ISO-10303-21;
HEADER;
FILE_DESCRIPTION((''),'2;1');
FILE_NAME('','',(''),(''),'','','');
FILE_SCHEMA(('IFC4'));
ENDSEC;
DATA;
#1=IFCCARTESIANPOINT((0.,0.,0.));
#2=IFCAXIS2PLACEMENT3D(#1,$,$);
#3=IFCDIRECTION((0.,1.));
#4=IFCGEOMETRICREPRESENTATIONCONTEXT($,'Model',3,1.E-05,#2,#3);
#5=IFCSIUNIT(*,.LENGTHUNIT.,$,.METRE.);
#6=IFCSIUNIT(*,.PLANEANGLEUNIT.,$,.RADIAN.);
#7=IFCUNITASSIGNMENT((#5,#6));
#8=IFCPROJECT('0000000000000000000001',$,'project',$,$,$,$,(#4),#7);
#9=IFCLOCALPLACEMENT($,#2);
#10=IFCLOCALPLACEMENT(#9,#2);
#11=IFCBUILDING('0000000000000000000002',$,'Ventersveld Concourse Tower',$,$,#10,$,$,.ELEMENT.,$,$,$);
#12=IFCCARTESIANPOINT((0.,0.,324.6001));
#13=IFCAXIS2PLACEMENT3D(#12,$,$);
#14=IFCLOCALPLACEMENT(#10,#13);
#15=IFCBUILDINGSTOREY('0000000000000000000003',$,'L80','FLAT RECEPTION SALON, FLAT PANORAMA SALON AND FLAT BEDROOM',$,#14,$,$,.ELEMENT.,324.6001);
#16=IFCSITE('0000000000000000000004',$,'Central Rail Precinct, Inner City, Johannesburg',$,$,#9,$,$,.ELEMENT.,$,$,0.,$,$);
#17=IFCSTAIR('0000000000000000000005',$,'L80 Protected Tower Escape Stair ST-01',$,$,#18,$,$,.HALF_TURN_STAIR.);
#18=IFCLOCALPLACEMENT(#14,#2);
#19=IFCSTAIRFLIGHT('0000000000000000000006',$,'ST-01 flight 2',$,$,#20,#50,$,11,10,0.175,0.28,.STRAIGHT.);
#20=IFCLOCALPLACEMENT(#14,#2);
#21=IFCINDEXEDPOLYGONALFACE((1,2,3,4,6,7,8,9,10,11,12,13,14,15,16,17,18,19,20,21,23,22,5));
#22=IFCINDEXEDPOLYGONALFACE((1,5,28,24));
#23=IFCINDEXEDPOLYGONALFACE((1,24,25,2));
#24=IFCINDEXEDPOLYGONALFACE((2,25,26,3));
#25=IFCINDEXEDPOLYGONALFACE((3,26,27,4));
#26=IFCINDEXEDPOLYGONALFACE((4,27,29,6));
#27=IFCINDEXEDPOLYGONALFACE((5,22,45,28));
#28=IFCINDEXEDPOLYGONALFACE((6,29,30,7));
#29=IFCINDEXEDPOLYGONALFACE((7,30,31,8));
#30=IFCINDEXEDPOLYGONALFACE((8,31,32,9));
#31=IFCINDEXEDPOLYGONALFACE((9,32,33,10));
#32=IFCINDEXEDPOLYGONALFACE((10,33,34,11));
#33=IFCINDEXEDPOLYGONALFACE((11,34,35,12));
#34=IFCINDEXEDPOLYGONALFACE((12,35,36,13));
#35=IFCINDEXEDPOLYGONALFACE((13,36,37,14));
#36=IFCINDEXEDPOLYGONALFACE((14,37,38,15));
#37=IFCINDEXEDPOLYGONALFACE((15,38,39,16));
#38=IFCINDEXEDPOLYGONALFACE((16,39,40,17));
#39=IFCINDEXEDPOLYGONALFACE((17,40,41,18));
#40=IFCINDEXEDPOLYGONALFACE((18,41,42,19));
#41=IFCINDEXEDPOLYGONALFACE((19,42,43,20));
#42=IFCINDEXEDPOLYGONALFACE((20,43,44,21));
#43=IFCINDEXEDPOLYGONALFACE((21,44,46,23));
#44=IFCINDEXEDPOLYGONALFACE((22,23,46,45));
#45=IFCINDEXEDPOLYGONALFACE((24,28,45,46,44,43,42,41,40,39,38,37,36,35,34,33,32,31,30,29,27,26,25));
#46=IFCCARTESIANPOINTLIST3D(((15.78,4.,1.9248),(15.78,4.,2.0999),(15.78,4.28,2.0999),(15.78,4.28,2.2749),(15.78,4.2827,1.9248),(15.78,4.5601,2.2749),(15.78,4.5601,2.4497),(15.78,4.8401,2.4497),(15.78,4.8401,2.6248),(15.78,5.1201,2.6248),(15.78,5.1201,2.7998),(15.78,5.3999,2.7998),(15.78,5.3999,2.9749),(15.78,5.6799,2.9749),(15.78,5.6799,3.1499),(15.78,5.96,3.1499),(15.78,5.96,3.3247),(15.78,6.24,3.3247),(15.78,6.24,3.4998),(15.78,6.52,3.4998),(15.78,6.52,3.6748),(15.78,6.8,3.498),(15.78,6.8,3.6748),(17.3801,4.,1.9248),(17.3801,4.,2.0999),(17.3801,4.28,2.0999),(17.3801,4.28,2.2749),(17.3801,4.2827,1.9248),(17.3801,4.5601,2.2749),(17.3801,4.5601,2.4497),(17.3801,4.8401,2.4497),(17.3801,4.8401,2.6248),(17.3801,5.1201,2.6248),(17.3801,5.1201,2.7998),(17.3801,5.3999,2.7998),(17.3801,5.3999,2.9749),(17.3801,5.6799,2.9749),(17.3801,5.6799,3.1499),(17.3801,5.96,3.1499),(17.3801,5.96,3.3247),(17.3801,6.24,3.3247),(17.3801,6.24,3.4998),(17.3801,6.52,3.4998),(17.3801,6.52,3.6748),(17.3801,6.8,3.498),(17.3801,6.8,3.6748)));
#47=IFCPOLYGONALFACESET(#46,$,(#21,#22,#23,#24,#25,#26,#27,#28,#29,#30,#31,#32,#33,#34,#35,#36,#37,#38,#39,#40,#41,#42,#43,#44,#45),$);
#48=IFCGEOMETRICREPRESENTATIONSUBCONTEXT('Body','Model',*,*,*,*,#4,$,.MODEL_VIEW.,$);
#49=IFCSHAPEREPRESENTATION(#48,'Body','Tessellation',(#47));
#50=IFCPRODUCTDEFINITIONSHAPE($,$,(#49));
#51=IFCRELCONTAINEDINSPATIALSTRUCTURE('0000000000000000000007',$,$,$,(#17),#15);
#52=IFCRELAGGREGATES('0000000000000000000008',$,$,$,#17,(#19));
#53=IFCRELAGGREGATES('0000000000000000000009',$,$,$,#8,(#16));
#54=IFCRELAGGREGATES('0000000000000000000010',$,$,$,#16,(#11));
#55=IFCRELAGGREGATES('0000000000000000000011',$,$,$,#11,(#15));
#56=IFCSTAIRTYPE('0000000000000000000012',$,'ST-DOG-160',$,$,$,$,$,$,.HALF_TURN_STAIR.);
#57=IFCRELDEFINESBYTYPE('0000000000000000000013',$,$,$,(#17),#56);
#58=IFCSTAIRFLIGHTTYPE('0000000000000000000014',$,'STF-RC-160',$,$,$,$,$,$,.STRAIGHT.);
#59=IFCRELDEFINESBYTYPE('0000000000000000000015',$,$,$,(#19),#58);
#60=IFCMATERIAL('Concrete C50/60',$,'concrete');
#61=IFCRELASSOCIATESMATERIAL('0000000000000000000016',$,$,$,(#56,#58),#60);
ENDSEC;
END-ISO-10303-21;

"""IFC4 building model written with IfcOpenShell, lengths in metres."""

from ifc_helpers import new_model, si_unit, direction, frame, origin, place, context, subcontext, project, spatial, polyline, outline, extrude, material, type_object, element, aggregate, save


model = new_model("IFC4")

# Units and contexts
model_context = context("Model", 3, precision=1e-05, world=origin(), true_north=direction((0.0, 1.0)))
body_context = subcontext(model_context, "Body", "Model", "MODEL_VIEW")
ifc_project = project(units=[si_unit("LENGTHUNIT", "METRE"), si_unit("PLANEANGLEUNIT", "RADIAN")], contexts=[model_context])

# Site, building, storey
site_placement = place(None, origin())
site = spatial("IfcSite", under=ifc_project, at=site_placement, Name="Central Rail Precinct, Inner City, Johannesburg", CompositionType="ELEMENT", RefElevation=0.0)
building_placement = place(site_placement, origin())
building = spatial("IfcBuilding", under=site, at=building_placement, Name="Ventersveld Concourse Tower", CompositionType="ELEMENT")
storey_placement = place(building_placement, frame((0.0, 0.0, 324.6001)))
storey = spatial("IfcBuildingStorey", under=building, at=storey_placement, Name="L80", Description="FLAT RECEPTION SALON, FLAT PANORAMA SALON AND FLAT BEDROOM", CompositionType="ELEMENT", Elevation=324.6001)

# Shared definitions
ifc_material_1 = material(Name="Concrete C50/60", Category="concrete")

# Stair, stair flight
stair_type = type_object("IfcStairType", Name="ST-DOG-160", PredefinedType="HALF_TURN_STAIR", material=ifc_material_1)
stair_placement = place(storey_placement, origin())
stair = element("IfcStair", 1, at=stair_placement, inside=storey, type_object=stair_type, Name="L80 Protected Tower Escape Stair ST-01", PredefinedType="HALF_TURN_STAIR")
stair_flight_type = type_object("IfcStairFlightType", Name="STF-RC-160", PredefinedType="STRAIGHT", material=ifc_material_1)
stair_flight_1_placement = place(storey_placement, frame((16.5801, 4.0, 1.9248), z_axis=(0.0, 0.0, 1.0), x_axis=(0.0, 1.0, 0.0)))
stair_flight_1 = element("IfcStairFlight", 2, at=stair_flight_1_placement, type_object=stair_flight_type, Name="ST-01 flight 2", NumberOfRisers=11, NumberOfTreads=10, PredefinedType="STRAIGHT", RiserHeight=0.175, TreadLength=0.28, context=body_context, shape_type="SweptSolid", body=[
    extrude(outline(polyline([(0.0, 0.0), (0.0, 0.175), (0.28, 0.175), (0.28, 0.3501), (0.5601, 0.3501), (0.5601, 0.5249), (0.8401, 0.5249), (0.8401, 0.7), (1.1201, 0.7), (1.1201, 0.875), (1.3999, 0.875), (1.3999, 1.05), (1.6799, 1.05), (1.6799, 1.2251), (1.96, 1.2251), (1.96, 1.3999), (2.24, 1.3999), (2.24, 1.575), (2.52, 1.575), (2.52, 1.75), (2.8, 1.75), (2.8, 1.925), (2.8, 1.5732), (0.2827, 0.0), (0.0, 0.0)])), frame((0.0, 0.8, 0.0), z_axis=(0.0, -1.0, 0.0), x_axis=(1.0, 0.0, 0.0)), (0.0, 0.0, 1.0), 1.6001),
])
aggregate(stair, [stair_flight_1])

save(model, "model.ifc")
